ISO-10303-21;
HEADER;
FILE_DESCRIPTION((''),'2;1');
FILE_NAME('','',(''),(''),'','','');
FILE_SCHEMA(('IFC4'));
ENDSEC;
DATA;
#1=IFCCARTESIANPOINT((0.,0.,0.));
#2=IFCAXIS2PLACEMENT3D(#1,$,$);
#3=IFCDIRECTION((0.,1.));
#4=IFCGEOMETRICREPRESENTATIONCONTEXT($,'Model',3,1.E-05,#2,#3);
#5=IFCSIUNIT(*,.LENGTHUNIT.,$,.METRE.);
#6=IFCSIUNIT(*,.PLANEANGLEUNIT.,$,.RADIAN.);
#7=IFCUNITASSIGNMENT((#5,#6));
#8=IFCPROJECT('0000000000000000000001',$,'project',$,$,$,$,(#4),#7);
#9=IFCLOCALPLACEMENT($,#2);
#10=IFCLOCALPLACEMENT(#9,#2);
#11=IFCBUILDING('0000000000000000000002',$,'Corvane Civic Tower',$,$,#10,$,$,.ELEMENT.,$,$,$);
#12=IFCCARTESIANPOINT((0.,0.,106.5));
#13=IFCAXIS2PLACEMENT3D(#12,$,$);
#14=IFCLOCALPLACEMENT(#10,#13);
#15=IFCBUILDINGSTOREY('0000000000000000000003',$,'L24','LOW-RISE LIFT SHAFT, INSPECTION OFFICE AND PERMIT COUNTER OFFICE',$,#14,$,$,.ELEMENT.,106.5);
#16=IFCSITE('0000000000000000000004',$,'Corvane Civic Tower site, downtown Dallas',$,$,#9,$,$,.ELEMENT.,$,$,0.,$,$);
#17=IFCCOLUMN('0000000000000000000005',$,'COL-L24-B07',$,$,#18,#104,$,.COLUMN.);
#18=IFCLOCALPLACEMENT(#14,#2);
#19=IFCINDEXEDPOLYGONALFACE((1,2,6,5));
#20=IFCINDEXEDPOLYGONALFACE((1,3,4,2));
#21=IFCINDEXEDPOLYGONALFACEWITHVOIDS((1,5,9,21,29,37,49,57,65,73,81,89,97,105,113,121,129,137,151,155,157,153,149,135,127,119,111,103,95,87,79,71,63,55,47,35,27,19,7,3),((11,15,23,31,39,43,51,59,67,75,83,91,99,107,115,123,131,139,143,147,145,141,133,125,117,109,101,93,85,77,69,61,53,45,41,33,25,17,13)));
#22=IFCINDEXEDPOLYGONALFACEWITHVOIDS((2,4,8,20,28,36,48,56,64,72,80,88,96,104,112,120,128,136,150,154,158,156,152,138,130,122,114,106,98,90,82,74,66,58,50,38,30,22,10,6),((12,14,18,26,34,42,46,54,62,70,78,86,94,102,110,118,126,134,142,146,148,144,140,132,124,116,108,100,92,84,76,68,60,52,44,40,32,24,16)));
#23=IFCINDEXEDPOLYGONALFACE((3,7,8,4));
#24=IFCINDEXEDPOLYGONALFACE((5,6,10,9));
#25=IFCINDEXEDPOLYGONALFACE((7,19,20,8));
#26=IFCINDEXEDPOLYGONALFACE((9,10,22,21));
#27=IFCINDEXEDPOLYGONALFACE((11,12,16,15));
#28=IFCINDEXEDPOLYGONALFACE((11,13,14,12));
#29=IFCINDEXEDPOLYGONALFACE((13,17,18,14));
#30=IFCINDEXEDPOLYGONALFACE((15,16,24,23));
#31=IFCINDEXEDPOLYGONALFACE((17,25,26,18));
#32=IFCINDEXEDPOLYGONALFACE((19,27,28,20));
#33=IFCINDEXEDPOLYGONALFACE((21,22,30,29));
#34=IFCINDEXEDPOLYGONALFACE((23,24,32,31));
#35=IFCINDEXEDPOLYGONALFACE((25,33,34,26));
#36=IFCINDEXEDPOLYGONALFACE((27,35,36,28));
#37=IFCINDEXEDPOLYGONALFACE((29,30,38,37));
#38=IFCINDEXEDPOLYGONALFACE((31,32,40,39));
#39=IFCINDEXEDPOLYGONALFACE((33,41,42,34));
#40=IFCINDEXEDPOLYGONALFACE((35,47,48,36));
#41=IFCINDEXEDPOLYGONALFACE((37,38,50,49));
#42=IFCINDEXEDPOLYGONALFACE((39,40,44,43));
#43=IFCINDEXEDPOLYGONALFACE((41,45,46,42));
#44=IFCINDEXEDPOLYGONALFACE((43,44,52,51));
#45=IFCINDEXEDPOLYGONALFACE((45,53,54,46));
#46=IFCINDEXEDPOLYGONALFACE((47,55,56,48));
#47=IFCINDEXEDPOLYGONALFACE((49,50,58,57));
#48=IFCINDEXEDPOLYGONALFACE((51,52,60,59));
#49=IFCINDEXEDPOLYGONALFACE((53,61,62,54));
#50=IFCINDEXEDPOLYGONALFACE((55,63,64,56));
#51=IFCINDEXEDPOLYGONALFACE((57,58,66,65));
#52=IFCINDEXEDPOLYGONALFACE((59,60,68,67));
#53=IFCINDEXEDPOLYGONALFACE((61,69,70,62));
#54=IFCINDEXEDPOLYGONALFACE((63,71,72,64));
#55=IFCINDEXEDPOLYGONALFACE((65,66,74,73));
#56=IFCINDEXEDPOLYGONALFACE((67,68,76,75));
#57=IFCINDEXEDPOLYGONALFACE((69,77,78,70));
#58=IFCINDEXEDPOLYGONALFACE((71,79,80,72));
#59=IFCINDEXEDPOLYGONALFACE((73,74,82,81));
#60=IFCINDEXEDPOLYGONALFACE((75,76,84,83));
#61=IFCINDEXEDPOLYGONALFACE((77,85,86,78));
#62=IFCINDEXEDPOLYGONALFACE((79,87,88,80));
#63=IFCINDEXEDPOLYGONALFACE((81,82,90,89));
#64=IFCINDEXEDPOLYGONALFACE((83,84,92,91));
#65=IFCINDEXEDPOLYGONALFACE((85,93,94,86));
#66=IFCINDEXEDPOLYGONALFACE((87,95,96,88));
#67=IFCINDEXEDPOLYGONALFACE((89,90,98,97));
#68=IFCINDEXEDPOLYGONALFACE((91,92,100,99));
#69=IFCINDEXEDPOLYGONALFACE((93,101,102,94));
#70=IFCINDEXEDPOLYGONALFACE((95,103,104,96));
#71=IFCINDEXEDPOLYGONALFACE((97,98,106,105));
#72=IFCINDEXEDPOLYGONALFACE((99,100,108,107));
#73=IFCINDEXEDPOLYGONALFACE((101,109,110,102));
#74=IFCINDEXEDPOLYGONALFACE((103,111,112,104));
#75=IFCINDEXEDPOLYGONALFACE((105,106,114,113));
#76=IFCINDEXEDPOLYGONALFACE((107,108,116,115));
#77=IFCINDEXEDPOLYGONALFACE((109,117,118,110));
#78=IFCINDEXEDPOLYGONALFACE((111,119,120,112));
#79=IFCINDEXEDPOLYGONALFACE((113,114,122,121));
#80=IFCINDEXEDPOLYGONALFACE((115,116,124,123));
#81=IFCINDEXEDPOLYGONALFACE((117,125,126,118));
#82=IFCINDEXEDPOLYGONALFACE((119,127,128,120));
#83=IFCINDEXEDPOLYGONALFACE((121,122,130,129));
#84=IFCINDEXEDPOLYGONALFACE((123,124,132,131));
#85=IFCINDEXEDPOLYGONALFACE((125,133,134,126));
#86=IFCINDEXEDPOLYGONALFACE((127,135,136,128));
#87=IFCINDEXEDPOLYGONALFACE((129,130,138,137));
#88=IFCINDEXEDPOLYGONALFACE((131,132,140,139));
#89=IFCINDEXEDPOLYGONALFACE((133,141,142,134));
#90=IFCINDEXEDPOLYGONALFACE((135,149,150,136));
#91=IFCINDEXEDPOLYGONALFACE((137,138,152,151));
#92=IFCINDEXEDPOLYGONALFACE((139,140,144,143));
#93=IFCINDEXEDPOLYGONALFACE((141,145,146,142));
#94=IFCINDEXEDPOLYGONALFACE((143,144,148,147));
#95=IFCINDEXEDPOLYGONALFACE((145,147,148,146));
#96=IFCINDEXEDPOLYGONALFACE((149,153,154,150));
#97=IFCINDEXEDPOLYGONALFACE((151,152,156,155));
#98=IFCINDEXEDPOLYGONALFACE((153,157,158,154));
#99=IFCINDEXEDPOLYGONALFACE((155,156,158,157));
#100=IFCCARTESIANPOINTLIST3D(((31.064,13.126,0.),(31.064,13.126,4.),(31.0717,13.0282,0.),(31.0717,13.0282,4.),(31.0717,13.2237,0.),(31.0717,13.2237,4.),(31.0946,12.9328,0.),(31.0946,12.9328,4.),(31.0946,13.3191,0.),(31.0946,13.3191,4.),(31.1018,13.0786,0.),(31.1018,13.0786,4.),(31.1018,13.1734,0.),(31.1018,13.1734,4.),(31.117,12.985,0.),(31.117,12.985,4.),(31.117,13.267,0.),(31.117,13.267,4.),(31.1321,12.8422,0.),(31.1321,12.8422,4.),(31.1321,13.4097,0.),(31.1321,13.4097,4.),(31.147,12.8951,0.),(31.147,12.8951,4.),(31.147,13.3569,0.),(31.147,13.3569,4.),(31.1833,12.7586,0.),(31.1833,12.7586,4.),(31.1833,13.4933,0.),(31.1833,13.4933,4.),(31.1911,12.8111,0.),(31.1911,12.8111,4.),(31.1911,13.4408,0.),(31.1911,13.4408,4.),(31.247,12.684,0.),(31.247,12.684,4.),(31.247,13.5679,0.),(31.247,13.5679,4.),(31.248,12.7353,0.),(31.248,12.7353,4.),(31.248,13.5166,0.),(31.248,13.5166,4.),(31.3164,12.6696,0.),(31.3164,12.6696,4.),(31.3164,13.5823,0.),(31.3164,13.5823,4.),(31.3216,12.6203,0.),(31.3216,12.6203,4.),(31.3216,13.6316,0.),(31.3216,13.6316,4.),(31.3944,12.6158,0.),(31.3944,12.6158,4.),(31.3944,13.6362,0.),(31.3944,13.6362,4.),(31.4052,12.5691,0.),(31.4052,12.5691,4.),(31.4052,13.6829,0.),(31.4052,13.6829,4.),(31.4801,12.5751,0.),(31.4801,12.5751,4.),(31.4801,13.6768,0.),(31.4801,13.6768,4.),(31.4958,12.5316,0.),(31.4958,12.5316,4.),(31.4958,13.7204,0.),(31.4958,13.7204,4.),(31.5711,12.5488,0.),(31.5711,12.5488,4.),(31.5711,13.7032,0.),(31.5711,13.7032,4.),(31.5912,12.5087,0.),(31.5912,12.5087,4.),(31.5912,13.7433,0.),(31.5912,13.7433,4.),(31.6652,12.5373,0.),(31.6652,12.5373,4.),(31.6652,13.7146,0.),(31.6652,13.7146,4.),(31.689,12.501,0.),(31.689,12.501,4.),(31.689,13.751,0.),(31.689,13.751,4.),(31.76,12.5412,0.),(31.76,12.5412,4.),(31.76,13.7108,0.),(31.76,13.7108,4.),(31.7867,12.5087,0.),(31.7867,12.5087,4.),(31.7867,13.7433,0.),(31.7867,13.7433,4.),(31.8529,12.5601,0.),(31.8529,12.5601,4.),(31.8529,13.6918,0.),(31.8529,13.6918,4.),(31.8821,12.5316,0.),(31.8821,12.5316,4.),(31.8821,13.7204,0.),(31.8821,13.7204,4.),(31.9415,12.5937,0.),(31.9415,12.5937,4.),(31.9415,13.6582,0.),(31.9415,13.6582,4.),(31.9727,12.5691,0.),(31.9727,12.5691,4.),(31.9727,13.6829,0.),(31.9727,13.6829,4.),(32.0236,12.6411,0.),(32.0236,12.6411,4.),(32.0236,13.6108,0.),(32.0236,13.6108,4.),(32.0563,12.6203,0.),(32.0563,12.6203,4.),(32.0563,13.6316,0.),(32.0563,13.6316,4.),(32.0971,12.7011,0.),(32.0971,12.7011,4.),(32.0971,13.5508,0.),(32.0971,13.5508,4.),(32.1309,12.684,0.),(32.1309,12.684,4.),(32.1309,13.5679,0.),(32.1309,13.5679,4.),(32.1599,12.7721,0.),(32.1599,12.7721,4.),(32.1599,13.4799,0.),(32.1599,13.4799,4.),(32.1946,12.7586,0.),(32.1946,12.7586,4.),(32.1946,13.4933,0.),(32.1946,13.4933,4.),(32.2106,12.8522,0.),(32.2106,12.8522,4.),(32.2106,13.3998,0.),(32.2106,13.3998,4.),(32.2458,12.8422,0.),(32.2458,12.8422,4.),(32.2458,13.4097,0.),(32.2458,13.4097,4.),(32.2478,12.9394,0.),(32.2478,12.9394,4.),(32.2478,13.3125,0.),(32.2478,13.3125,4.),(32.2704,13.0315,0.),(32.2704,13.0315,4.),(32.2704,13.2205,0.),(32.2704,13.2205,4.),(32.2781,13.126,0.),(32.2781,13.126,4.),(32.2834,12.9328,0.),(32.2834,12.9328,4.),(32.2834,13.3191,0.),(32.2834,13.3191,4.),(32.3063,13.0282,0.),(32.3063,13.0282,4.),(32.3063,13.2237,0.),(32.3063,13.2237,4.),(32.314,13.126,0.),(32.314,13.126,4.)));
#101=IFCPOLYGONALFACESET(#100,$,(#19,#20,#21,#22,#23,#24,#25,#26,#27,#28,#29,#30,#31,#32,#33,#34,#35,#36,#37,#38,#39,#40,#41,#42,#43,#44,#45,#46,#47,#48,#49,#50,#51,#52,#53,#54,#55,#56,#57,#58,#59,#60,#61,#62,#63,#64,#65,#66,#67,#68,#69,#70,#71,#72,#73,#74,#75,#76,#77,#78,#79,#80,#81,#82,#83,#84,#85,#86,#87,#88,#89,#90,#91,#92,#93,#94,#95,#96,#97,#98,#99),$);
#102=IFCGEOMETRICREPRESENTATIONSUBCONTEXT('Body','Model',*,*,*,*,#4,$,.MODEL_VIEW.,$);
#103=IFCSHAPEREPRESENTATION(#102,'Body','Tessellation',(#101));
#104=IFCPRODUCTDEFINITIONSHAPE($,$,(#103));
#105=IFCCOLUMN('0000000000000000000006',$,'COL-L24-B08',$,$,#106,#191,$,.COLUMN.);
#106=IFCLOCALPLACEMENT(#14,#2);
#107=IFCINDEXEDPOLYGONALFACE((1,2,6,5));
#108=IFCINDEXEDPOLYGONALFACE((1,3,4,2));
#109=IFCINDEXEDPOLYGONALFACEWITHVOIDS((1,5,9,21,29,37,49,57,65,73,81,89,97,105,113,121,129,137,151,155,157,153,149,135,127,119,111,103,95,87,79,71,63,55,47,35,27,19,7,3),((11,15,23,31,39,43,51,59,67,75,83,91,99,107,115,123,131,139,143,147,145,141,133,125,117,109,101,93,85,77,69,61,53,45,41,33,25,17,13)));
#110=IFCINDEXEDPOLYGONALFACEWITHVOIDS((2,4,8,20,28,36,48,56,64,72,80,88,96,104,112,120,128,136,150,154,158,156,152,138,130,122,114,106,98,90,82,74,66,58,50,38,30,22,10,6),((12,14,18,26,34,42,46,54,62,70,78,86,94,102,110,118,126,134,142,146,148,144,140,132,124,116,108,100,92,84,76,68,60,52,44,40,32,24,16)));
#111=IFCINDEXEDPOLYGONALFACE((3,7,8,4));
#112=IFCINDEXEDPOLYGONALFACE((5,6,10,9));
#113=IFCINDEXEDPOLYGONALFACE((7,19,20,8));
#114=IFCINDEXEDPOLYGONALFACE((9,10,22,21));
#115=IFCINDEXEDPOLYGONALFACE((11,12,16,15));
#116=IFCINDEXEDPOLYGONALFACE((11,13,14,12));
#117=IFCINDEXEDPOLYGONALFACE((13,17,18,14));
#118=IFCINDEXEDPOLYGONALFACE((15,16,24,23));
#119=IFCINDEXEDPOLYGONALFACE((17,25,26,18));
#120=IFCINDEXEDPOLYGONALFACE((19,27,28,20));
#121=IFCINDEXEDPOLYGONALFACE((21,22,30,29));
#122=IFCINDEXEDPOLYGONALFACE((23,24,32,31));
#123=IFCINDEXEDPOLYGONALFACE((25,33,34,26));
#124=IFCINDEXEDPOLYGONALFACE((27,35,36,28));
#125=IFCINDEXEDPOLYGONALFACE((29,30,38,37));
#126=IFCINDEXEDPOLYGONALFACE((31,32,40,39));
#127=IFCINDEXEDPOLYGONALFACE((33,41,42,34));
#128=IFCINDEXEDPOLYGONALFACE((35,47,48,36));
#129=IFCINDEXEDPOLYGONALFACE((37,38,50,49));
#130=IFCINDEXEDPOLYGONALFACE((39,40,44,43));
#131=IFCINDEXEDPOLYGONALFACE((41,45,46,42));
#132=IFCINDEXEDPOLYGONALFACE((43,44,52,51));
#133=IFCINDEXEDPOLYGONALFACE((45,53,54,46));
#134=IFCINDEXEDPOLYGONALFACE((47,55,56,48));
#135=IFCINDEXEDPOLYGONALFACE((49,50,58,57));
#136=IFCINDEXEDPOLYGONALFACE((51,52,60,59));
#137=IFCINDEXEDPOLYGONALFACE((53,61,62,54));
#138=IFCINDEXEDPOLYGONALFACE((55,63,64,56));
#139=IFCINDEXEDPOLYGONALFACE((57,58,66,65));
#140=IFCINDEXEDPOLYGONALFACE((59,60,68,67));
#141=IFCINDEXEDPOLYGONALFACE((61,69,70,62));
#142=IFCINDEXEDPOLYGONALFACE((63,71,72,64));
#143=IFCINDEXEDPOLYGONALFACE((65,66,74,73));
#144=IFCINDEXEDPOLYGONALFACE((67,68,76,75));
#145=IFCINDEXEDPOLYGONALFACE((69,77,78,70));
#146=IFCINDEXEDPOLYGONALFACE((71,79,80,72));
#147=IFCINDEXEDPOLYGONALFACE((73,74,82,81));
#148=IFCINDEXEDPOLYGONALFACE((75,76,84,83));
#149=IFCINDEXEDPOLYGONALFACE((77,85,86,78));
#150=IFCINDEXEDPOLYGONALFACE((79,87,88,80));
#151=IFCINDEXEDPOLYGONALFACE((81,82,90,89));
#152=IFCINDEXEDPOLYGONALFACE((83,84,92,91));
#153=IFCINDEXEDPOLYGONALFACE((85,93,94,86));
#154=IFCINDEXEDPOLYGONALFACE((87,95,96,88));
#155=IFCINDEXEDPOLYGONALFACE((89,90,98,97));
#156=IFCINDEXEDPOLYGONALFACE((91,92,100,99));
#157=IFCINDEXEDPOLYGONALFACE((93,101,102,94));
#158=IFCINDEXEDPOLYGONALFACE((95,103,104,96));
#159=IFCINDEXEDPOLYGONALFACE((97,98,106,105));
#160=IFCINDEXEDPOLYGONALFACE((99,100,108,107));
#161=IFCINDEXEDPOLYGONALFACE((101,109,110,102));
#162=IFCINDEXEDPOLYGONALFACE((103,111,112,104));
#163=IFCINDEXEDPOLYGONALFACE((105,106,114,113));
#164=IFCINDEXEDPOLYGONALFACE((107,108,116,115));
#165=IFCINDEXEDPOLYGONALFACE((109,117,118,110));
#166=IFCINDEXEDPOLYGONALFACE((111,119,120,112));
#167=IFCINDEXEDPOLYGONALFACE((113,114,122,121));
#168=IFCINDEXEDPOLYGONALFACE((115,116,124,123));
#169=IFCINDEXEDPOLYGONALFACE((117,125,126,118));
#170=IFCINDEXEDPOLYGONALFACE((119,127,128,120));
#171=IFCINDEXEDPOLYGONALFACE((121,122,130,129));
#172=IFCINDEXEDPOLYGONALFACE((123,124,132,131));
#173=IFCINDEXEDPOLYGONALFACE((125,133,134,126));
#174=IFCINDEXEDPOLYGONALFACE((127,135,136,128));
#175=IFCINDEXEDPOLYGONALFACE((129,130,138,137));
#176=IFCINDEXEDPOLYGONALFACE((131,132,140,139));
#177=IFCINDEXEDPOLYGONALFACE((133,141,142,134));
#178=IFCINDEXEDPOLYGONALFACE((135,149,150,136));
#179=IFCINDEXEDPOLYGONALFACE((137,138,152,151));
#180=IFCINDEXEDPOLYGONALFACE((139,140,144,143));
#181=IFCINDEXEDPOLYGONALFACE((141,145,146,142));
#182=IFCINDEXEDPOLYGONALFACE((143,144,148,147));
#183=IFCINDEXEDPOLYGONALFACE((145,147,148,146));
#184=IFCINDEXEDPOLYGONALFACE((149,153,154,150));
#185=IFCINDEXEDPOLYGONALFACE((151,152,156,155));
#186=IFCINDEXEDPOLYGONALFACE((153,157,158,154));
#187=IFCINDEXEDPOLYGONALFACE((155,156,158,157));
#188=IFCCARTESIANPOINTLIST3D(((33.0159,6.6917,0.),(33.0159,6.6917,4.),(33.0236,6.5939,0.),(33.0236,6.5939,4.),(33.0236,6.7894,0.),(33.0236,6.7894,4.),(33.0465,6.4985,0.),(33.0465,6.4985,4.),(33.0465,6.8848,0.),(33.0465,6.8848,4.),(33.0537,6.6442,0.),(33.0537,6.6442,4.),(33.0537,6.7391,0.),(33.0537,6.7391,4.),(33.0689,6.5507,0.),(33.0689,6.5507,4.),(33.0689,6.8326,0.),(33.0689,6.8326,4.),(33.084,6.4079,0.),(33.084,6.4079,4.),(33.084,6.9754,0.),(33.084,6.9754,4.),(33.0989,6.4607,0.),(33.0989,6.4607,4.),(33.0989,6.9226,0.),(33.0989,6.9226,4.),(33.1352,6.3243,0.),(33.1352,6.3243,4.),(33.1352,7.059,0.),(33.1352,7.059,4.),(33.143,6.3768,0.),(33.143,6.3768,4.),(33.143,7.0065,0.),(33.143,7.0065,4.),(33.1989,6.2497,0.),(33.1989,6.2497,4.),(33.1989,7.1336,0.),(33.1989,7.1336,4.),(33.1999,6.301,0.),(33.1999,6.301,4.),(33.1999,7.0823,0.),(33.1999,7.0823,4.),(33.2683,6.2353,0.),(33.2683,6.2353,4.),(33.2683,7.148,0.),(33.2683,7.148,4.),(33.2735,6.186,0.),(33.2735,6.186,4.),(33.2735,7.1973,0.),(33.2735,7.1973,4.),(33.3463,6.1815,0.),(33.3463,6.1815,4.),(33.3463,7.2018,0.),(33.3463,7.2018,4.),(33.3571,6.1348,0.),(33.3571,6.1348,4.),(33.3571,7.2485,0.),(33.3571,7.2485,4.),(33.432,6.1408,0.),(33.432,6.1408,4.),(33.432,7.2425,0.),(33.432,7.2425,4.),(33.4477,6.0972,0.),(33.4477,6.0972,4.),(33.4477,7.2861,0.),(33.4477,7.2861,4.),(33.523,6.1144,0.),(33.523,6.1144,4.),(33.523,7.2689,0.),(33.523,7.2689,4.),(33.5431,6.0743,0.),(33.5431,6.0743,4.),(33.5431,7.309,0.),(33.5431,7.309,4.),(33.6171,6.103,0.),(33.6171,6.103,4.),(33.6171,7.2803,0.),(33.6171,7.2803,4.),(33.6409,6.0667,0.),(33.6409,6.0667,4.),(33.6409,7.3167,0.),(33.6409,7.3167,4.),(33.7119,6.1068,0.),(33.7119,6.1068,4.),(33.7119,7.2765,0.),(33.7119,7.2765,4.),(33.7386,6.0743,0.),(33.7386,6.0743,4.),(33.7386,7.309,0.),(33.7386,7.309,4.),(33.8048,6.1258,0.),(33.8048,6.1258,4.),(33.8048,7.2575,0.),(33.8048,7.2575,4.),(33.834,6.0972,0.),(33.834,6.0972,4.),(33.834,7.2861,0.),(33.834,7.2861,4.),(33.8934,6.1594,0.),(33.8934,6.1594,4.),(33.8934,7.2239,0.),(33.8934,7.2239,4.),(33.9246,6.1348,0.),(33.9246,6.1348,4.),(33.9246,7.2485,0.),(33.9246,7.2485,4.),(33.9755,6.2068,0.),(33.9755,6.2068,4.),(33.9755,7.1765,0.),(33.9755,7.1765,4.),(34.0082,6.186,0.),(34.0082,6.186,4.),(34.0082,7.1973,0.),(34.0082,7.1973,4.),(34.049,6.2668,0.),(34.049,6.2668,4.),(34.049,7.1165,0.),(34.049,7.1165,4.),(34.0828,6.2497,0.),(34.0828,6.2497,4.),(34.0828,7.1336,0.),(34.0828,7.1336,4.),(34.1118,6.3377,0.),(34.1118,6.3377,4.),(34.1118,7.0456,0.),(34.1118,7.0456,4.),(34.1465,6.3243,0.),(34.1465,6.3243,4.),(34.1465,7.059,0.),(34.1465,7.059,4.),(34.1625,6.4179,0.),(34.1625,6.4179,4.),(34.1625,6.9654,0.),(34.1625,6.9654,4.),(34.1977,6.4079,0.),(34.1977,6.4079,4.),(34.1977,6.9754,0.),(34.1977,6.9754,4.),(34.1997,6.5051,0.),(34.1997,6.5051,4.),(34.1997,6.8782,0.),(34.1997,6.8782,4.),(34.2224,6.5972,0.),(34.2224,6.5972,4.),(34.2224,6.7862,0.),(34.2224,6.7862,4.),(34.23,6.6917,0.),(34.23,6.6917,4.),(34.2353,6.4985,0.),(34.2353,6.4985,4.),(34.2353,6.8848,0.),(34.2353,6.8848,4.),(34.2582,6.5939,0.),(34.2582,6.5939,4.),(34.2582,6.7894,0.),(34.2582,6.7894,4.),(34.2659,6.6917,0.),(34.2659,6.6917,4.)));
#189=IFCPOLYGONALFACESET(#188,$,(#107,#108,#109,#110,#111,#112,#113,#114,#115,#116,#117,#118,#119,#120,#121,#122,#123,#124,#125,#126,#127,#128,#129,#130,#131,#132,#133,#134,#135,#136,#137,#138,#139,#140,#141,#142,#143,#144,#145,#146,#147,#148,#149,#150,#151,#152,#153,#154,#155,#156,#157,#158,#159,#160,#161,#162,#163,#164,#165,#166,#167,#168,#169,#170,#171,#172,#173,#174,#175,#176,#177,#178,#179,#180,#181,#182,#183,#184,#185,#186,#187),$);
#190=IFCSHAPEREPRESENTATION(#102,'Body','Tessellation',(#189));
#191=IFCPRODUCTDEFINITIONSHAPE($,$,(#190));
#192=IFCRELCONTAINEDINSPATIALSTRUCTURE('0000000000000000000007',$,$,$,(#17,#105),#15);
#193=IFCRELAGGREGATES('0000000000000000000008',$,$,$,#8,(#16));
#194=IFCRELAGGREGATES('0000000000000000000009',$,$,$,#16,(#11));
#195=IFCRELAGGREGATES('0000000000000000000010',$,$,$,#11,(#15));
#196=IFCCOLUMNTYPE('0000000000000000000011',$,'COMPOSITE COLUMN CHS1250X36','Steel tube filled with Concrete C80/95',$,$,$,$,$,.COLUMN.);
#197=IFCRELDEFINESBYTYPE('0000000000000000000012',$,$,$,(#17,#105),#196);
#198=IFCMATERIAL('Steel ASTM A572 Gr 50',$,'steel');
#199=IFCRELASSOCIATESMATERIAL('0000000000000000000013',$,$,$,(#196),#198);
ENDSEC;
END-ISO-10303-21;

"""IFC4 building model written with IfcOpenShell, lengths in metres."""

from ifc_helpers import new_model, si_unit, direction, frame, origin, origin_2d, place, context, subcontext, project, spatial, hollow_circle, extrude, material, material_profile, profile_set, type_object, element, save


model = new_model("IFC4")

# Units and contexts
model_context = context("Model", 3, precision=1e-05, world=origin(), true_north=direction((0.0, 1.0)))
body_context = subcontext(model_context, "Body", "Model", "MODEL_VIEW")
ifc_project = project(units=[si_unit("LENGTHUNIT", "METRE"), si_unit("PLANEANGLEUNIT", "RADIAN")], contexts=[model_context])

# Site, building, storey
site_placement = place(None, origin())
site = spatial("IfcSite", under=ifc_project, at=site_placement, Name="Corvane Civic Tower site, downtown Dallas", CompositionType="ELEMENT", RefElevation=0.0)
building_placement = place(site_placement, origin())
building = spatial("IfcBuilding", under=site, at=building_placement, Name="Corvane Civic Tower", CompositionType="ELEMENT")
storey_placement = place(building_placement, frame((0.0, 0.0, 106.5)))
storey = spatial("IfcBuildingStorey", under=building, at=storey_placement, Name="L24", Description="LOW-RISE LIFT SHAFT, INSPECTION OFFICE AND PERMIT COUNTER OFFICE", CompositionType="ELEMENT", Elevation=106.5)

# Columns
ifc_material_1 = material(Name="Steel ASTM A572 Gr 50", Category="steel")
ifc_material_profile_1 = material_profile(ifc_material_1, hollow_circle(Radius=0.625, WallThickness=0.0359, at=origin_2d()), Name="CHS1250X36")
ifc_profile_set_1 = profile_set([ifc_material_profile_1], Name="Steel ASTM A572 Gr 50")
column_type = type_object("IfcColumnType", Name="COMPOSITE COLUMN CHS1250X36", Description="Steel tube filled with Concrete C80/95", PredefinedType="COLUMN", material=ifc_profile_set_1)
for number, where, z_axis, x_axis, name in (
    (1, (31.689, 13.126, 0.0), (0.0, 0.0, 1.0), (1.0, 0.0, 0.0), "COL-L24-B07"),
    (2, (33.6409, 6.6917, 0.0), (0.0, 0.0, 1.0), (1.0, 0.0, 0.0), "COL-L24-B08"),
):
    element("IfcColumn", number, at=place(storey_placement, frame(where, z_axis=z_axis, x_axis=x_axis)), inside=storey, type_object=column_type, Name=name, PredefinedType="COLUMN", context=body_context, shape_type="SweptSolid", body=[
        extrude(hollow_circle(Radius=0.625, WallThickness=0.0359, at=origin_2d()), origin(), (0.0, 0.0, 1.0), 4.0),
    ])

save(model, "model.ifc")
